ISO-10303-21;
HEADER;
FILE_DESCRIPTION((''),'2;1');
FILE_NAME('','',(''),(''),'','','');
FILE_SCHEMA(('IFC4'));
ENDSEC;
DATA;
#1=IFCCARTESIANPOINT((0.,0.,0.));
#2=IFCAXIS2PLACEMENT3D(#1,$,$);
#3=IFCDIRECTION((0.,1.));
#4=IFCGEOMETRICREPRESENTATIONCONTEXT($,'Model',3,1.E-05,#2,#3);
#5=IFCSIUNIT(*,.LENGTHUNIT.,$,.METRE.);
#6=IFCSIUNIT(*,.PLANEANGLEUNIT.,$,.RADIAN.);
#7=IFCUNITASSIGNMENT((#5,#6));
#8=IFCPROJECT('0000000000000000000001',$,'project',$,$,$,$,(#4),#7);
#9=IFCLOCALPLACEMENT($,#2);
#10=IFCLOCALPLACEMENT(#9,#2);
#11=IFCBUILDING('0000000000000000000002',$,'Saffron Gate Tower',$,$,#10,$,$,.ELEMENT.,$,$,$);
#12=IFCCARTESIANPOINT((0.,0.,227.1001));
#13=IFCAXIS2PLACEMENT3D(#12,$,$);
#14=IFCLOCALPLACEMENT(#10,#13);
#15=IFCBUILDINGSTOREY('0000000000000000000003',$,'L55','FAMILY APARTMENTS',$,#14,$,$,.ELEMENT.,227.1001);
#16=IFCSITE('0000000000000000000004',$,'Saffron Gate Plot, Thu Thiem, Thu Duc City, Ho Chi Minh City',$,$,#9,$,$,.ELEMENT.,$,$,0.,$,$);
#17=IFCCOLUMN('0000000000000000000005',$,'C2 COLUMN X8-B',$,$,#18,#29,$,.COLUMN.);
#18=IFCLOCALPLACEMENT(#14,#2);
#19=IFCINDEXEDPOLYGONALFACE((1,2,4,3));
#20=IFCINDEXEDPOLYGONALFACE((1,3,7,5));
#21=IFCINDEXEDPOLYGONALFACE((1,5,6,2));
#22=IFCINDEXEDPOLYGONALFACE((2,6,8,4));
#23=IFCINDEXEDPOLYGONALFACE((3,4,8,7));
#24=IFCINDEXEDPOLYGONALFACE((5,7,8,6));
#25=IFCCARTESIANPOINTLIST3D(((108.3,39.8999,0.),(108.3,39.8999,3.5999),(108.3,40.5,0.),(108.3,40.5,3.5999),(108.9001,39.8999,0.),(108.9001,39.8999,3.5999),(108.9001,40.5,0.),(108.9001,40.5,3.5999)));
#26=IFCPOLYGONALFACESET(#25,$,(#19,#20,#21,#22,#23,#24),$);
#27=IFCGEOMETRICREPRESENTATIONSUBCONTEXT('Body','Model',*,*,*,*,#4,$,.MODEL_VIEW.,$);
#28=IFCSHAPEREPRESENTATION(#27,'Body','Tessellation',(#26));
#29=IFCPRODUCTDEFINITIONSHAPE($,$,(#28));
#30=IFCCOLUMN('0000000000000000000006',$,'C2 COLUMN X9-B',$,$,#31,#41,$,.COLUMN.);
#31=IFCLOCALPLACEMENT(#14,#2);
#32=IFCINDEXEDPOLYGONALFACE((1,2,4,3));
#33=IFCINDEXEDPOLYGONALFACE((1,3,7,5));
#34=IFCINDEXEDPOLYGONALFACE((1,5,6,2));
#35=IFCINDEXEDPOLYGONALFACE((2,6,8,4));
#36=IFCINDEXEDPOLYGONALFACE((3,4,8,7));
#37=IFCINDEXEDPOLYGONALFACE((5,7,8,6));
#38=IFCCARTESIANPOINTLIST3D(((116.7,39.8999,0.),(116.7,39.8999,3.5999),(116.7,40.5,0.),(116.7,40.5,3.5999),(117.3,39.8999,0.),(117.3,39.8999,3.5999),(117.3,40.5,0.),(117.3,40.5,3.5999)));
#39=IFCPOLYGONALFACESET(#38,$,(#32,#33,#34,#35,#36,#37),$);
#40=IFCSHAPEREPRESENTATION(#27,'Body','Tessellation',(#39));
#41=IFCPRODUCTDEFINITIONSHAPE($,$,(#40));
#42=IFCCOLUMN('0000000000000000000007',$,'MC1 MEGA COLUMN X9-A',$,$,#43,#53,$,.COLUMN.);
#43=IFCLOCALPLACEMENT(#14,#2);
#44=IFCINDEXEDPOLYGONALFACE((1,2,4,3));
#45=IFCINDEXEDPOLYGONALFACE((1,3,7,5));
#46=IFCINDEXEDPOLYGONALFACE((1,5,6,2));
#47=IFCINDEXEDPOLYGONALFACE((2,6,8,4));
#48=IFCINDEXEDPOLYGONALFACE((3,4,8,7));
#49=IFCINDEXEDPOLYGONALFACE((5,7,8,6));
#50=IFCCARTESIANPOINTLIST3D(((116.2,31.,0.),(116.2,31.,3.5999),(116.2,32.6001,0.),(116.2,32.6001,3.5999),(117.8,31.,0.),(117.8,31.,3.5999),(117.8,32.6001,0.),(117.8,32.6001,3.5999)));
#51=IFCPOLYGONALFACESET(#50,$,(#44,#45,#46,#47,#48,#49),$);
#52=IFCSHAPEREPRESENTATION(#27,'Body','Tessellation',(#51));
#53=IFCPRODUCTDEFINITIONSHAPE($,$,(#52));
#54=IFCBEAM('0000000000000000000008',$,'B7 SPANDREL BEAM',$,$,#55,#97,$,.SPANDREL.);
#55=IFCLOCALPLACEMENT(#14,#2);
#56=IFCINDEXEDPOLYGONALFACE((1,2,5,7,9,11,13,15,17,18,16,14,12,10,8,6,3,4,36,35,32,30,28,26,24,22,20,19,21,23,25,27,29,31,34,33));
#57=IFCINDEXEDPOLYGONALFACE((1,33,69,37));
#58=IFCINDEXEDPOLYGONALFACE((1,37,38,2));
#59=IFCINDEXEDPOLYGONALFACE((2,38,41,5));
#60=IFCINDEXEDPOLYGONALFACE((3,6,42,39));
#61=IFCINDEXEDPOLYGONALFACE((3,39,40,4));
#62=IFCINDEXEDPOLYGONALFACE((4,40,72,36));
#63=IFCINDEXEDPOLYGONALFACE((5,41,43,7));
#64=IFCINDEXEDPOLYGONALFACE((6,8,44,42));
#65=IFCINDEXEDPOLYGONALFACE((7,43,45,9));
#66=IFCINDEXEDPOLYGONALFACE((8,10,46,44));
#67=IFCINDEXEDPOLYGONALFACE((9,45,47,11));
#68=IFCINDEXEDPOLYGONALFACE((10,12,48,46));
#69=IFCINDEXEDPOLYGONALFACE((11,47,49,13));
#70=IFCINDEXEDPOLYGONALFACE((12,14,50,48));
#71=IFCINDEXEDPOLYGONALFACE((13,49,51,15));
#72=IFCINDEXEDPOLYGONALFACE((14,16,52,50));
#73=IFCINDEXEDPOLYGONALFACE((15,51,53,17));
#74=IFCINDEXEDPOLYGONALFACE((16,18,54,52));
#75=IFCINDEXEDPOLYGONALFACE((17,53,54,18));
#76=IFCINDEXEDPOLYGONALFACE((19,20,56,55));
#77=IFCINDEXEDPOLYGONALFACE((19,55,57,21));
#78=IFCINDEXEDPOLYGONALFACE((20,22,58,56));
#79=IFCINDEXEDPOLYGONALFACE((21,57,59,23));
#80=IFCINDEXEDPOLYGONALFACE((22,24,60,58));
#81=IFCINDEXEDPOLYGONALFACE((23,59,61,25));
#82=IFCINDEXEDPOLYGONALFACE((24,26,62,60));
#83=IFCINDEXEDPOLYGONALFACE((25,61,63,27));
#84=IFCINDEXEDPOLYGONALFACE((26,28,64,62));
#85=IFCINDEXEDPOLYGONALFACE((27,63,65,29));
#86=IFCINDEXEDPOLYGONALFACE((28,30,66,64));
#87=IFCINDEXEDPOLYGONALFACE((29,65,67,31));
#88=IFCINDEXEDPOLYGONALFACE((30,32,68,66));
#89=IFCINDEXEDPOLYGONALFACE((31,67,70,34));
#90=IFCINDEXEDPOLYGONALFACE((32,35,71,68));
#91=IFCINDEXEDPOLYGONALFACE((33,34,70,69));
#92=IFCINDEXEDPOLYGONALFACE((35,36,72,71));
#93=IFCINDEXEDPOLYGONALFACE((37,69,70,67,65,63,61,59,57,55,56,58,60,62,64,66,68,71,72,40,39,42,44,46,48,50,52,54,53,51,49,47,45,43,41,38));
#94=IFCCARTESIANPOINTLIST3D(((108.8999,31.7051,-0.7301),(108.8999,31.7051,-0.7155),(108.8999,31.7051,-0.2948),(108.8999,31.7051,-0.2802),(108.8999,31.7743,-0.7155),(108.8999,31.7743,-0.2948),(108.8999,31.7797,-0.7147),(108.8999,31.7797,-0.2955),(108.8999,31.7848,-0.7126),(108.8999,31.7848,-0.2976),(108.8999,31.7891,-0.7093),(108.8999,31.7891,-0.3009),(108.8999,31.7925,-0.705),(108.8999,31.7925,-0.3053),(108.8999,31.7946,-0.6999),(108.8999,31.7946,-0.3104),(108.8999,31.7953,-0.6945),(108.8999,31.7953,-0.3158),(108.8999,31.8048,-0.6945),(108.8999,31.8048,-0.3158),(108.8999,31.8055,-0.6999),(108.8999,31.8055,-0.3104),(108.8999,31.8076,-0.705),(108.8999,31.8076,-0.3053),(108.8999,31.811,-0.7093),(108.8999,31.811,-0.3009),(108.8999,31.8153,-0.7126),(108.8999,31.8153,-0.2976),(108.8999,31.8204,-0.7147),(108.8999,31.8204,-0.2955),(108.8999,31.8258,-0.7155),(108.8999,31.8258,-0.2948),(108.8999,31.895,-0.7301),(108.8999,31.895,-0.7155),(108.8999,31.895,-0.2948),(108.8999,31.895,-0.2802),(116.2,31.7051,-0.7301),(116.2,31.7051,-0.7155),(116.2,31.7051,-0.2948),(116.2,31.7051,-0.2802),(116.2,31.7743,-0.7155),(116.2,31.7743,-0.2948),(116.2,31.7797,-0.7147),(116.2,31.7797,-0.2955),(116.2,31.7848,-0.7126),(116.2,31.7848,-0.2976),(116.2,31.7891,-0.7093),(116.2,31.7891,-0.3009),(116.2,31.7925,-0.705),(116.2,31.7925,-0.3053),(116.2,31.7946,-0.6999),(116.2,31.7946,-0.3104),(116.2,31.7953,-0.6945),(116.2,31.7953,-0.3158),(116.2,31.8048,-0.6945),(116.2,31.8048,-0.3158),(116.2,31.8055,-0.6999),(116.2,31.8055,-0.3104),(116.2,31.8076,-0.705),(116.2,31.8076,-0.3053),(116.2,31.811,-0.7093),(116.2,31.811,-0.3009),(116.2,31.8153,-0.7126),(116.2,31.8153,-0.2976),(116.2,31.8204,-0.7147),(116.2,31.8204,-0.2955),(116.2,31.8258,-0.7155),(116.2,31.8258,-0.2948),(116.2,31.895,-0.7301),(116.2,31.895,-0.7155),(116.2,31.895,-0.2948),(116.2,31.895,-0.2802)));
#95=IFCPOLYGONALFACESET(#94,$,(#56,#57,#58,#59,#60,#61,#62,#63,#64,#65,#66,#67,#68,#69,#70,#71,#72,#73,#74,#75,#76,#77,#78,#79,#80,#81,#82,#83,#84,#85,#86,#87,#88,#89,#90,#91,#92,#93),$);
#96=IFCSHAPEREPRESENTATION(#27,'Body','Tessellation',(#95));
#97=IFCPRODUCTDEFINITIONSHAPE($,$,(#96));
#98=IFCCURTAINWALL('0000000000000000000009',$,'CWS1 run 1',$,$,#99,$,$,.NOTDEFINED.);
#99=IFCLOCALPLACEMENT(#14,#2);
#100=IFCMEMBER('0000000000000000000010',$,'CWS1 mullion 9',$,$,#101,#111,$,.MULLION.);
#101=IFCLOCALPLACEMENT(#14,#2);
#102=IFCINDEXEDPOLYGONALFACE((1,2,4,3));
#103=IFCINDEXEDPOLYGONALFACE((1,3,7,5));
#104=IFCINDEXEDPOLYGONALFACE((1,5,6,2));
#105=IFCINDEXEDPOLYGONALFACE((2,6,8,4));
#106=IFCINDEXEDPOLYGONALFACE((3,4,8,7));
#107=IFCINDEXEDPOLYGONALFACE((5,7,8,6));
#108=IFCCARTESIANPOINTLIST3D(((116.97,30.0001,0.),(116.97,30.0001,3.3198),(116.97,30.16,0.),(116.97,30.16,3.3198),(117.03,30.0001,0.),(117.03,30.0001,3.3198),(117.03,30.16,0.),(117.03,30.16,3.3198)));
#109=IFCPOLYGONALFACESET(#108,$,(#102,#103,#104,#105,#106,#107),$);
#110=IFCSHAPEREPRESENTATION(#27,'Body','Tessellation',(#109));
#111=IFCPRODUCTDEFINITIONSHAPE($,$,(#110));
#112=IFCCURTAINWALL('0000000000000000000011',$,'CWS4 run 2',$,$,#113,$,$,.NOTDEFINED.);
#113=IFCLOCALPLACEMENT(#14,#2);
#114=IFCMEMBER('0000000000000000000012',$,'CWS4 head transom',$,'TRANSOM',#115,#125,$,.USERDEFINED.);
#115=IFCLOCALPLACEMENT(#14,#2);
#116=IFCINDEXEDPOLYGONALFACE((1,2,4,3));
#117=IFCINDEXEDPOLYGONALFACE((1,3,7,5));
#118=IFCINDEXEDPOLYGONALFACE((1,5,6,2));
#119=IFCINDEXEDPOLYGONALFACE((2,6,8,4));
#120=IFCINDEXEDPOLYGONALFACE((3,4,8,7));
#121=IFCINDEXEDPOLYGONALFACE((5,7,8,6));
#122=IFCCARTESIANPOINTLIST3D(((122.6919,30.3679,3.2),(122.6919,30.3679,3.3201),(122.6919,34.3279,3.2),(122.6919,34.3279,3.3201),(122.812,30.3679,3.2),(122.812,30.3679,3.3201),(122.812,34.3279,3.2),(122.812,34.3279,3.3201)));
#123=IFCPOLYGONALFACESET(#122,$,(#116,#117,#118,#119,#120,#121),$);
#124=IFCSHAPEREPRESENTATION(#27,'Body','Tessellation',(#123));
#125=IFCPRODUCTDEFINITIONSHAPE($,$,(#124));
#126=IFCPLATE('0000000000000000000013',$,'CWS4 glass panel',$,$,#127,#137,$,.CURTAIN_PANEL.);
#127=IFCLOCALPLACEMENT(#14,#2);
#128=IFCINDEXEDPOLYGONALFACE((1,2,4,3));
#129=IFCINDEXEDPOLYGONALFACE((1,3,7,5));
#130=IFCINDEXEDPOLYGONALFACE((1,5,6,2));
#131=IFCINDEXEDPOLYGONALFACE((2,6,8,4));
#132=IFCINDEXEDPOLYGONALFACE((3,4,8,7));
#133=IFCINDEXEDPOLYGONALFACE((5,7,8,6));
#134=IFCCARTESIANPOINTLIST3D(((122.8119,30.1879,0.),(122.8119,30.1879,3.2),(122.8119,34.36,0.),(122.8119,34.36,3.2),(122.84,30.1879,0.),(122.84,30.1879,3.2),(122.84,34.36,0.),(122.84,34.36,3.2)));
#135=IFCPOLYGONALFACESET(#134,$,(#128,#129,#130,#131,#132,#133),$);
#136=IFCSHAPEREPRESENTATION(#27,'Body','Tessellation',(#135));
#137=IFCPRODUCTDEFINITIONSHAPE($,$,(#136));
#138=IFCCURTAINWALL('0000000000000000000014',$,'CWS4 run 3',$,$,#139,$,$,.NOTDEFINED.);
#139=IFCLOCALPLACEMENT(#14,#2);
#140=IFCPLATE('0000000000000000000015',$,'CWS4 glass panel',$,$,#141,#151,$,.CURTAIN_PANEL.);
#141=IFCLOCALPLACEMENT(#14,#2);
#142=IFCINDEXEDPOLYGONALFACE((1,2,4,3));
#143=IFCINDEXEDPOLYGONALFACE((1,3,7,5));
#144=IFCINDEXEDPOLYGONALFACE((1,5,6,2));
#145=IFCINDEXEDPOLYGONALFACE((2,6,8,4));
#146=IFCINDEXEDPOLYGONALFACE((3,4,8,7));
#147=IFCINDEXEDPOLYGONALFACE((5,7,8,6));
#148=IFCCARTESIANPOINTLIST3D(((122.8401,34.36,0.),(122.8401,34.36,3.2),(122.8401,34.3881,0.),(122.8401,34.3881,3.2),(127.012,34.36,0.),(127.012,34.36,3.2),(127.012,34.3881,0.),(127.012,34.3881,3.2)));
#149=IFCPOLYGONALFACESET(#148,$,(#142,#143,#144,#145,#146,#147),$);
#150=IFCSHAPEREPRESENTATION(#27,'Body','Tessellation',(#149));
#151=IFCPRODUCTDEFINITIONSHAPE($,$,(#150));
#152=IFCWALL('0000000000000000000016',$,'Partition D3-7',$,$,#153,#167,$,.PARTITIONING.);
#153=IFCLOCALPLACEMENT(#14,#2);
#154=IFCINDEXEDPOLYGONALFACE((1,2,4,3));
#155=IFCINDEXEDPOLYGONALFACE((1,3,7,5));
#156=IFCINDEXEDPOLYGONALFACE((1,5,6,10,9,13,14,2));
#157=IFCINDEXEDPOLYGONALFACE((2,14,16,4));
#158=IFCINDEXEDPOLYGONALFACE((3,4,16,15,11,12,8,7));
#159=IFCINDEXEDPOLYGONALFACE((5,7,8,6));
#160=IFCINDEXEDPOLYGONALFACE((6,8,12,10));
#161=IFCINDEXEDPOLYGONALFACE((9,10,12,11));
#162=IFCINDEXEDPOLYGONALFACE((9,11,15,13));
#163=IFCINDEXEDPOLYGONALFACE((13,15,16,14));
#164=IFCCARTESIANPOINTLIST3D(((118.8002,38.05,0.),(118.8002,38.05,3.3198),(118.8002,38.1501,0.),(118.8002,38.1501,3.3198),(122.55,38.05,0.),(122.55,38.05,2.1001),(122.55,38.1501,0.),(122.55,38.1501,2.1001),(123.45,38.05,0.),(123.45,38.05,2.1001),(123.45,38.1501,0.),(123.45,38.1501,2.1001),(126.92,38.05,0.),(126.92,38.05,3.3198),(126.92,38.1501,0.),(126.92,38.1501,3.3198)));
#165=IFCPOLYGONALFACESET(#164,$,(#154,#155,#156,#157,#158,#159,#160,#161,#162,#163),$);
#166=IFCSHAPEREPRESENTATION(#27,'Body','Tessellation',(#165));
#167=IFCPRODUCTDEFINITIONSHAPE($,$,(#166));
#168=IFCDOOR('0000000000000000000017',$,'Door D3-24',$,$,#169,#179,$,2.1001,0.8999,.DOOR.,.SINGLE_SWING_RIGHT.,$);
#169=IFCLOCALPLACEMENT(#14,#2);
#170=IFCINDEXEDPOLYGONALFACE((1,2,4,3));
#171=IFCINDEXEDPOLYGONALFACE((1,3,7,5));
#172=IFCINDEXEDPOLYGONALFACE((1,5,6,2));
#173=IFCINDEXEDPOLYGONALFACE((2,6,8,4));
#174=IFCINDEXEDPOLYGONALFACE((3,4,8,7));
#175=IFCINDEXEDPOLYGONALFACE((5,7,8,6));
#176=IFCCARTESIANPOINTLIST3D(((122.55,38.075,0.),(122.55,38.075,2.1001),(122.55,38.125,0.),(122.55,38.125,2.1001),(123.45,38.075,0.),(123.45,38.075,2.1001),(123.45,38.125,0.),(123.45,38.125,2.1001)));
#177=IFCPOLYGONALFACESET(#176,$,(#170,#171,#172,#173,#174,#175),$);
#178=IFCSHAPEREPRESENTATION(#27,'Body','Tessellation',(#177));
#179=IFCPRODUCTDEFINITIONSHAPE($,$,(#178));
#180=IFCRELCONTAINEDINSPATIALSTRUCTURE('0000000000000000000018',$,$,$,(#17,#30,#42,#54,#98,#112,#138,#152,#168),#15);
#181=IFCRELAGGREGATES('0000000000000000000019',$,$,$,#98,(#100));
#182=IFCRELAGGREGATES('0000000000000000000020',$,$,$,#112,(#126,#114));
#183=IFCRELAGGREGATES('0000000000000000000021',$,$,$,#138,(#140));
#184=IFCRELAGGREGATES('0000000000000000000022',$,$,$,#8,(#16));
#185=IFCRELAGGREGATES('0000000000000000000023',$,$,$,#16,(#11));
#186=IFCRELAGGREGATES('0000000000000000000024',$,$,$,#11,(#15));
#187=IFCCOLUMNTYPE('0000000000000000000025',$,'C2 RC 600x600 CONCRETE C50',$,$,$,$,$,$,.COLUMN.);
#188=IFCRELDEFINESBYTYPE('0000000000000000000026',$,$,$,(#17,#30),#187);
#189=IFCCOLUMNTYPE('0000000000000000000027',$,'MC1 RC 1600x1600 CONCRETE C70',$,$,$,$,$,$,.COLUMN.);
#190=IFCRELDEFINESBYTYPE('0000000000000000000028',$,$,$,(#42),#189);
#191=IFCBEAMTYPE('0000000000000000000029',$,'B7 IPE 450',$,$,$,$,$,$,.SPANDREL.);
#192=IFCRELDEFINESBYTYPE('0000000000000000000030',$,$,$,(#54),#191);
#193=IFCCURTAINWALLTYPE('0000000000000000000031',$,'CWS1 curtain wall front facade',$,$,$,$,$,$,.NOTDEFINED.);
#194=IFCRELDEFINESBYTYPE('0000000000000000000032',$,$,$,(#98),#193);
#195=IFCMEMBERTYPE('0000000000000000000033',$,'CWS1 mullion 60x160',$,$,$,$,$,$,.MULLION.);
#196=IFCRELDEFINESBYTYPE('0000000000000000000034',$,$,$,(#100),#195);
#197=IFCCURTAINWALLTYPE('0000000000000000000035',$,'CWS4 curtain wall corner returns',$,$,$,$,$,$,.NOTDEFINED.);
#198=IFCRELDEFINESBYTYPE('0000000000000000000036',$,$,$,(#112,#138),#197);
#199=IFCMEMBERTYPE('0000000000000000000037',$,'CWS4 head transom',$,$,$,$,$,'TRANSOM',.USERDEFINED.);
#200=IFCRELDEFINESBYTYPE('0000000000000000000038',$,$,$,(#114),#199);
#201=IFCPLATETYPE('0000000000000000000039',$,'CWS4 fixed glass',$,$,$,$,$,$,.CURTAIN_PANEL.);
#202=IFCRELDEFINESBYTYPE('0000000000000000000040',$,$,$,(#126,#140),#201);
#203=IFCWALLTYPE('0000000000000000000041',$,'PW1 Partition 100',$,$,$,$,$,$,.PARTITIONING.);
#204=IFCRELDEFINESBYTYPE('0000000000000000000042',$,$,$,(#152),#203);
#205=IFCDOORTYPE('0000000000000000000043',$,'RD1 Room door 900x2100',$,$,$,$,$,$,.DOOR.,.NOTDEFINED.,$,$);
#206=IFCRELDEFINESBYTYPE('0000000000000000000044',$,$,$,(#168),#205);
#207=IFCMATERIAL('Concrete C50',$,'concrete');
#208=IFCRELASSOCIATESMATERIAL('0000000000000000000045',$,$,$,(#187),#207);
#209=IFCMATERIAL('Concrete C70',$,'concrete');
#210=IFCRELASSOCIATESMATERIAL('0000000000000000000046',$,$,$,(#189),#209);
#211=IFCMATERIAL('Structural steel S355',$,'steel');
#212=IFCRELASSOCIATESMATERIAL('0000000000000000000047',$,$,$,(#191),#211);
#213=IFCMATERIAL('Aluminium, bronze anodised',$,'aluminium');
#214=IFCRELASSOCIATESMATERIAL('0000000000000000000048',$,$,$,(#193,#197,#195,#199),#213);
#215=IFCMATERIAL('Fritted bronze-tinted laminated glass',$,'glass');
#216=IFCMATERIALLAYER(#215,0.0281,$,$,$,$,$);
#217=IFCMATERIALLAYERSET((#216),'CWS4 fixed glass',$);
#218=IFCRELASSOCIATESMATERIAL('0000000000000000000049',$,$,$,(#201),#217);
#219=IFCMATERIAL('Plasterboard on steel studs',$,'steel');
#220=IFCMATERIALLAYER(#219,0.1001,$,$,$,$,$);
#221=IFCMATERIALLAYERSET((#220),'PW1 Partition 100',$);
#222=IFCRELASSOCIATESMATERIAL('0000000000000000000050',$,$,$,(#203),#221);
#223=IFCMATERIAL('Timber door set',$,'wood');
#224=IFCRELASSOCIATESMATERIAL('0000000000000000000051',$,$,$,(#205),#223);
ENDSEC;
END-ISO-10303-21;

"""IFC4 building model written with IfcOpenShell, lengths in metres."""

from ifc_helpers import new_model, si_unit, direction, frame, frame_2d, origin, origin_2d, place, context, subcontext, project, spatial, rectangle, i_section, extrude, material, layer, layer_set, material_profile, profile_set, type_object, element, fill, aggregate, save


model = new_model("IFC4")

# Units and contexts
model_context = context("Model", 3, precision=1e-05, world=origin(), true_north=direction((0.0, 1.0)))
body_context = subcontext(model_context, "Body", "Model", "MODEL_VIEW")
ifc_project = project(units=[si_unit("LENGTHUNIT", "METRE"), si_unit("PLANEANGLEUNIT", "RADIAN")], contexts=[model_context])

# Site, building, storey
site_placement = place(None, origin())
site = spatial("IfcSite", under=ifc_project, at=site_placement, Name="Saffron Gate Plot, Thu Thiem, Thu Duc City, Ho Chi Minh City", CompositionType="ELEMENT", RefElevation=0.0)
building_placement = place(site_placement, origin())
building = spatial("IfcBuilding", under=site, at=building_placement, Name="Saffron Gate Tower", CompositionType="ELEMENT")
storey_placement = place(building_placement, frame((0.0, 0.0, 227.1001)))
storey = spatial("IfcBuildingStorey", under=building, at=storey_placement, Name="L55", Description="FAMILY APARTMENTS", CompositionType="ELEMENT", Elevation=227.1001)

# Columns
ifc_material_1 = material(Name="Concrete C50", Category="concrete")
ifc_material_profile_1 = material_profile(ifc_material_1, rectangle(XDim=0.6001, YDim=0.6001, at=origin_2d()))
ifc_profile_set_1 = profile_set([ifc_material_profile_1], Name="Concrete C50")
column_type_1 = type_object("IfcColumnType", Name="C2 RC 600x600 CONCRETE C50", PredefinedType="COLUMN", material=ifc_profile_set_1)
for number, where, z_axis, x_axis, name in (
    (1, (108.6001, 40.2, 0.0), (0.0, 0.0, 1.0), (1.0, 0.0, 0.0), "C2 COLUMN X8-B"),
    (2, (117.0, 40.2, 0.0), (0.0, 0.0, 1.0), (1.0, 0.0, 0.0), "C2 COLUMN X9-B"),
):
    element("IfcColumn", number, at=place(storey_placement, frame(where, z_axis=z_axis, x_axis=x_axis)), inside=storey, type_object=column_type_1, Name=name, PredefinedType="COLUMN", context=body_context, shape_type="SweptSolid", body=[
        extrude(rectangle(XDim=0.6001, YDim=0.6001, at=origin_2d()), origin(), (0.0, 0.0, 1.0), 3.5999),
    ])
ifc_material_2 = material(Name="Concrete C70", Category="concrete")
ifc_material_profile_2 = material_profile(ifc_material_2, rectangle(XDim=1.6001, YDim=1.6001, at=origin_2d()))
ifc_profile_set_2 = profile_set([ifc_material_profile_2], Name="Concrete C70")
column_type_2 = type_object("IfcColumnType", Name="MC1 RC 1600x1600 CONCRETE C70", PredefinedType="COLUMN", material=ifc_profile_set_2)
column_placement = place(storey_placement, frame((117.0, 31.8, 0.0), z_axis=(0.0, 0.0, 1.0), x_axis=(1.0, 0.0, 0.0)))
element("IfcColumn", 3, at=column_placement, inside=storey, type_object=column_type_2, Name="MC1 MEGA COLUMN X9-A", PredefinedType="COLUMN", context=body_context, shape_type="SweptSolid", body=[
    extrude(rectangle(XDim=1.6001, YDim=1.6001, at=origin_2d()), origin(), (0.0, 0.0, 1.0), 3.5999),
])

# Beam
ifc_material_3 = material(Name="Structural steel S355", Category="steel")
ifc_material_profile_3 = material_profile(ifc_material_3, i_section(OverallWidth=0.1899, OverallDepth=0.45, WebThickness=0.0095, FlangeThickness=0.0146, FilletRadius=0.021, at=origin_2d()))
ifc_profile_set_3 = profile_set([ifc_material_profile_3], Name="Structural steel S355")
beam_type = type_object("IfcBeamType", Name="B7 IPE 450", PredefinedType="SPANDREL", material=ifc_profile_set_3)
beam_placement = place(storey_placement, frame((108.8999, 31.8, -0.5051), z_axis=(1.0, 0.0, 0.0), x_axis=(0.0, 1.0, 0.0)))
element("IfcBeam", 4, at=beam_placement, inside=storey, type_object=beam_type, Name="B7 SPANDREL BEAM", PredefinedType="SPANDREL", context=body_context, shape_type="SweptSolid", body=[
    extrude(i_section(OverallWidth=0.1899, OverallDepth=0.45, WebThickness=0.0095, FlangeThickness=0.0146, FilletRadius=0.021, at=origin_2d()), origin(), (0.0, 0.0, 1.0), 7.3),
])

# Curtain wall, member
ifc_material_4 = material(Name="Aluminium, bronze anodised", Category="aluminium")
curtain_wall_type_1 = type_object("IfcCurtainWallType", Name="CWS1 curtain wall front facade", PredefinedType="NOTDEFINED", material=ifc_material_4)
curtain_wall_1_placement = place(storey_placement, origin())
curtain_wall_1 = element("IfcCurtainWall", 5, at=curtain_wall_1_placement, inside=storey, type_object=curtain_wall_type_1, Name="CWS1 run 1", PredefinedType="NOTDEFINED")
ifc_material_profile_4 = material_profile(ifc_material_4, rectangle(XDim=0.1599, YDim=0.0601, at=origin_2d()))
ifc_profile_set_4 = profile_set([ifc_material_profile_4], Name="Aluminium, bronze anodised")
member_type_1 = type_object("IfcMemberType", Name="CWS1 mullion 60x160", PredefinedType="MULLION", material=ifc_profile_set_4)
member_1_placement = place(storey_placement, frame((117.0, 30.0801, 0.0), z_axis=(0.0, 0.0, 1.0), x_axis=(0.0, 1.0, 0.0)))
member_1 = element("IfcMember", 6, at=member_1_placement, type_object=member_type_1, Name="CWS1 mullion 9", PredefinedType="MULLION", context=body_context, shape_type="SweptSolid", body=[
    extrude(rectangle(XDim=0.1599, YDim=0.0601, at=origin_2d()), origin(), (0.0, 0.0, 1.0), 3.3198),
])
aggregate(curtain_wall_1, [member_1])

# Curtain wall, member, plate
curtain_wall_type_2 = type_object("IfcCurtainWallType", Name="CWS4 curtain wall corner returns", PredefinedType="NOTDEFINED", material=ifc_material_4)
curtain_wall_2_placement = place(storey_placement, origin())
curtain_wall_2 = element("IfcCurtainWall", 7, at=curtain_wall_2_placement, inside=storey, type_object=curtain_wall_type_2, Name="CWS4 run 2", PredefinedType="NOTDEFINED")
ifc_material_profile_5 = material_profile(ifc_material_4, rectangle(XDim=0.1201, YDim=0.1201, at=origin_2d()))
ifc_profile_set_5 = profile_set([ifc_material_profile_5], Name="Aluminium, bronze anodised")
member_type_2 = type_object("IfcMemberType", Name="CWS4 head transom", ElementType="TRANSOM", PredefinedType="USERDEFINED", material=ifc_profile_set_5)
member_2_placement = place(storey_placement, frame((122.752, 30.3679, 3.26), z_axis=(0.0, 1.0, 0.0), x_axis=(-1.0, 0.0, 0.0)))
member_2 = element("IfcMember", 8, at=member_2_placement, type_object=member_type_2, Name="CWS4 head transom", ObjectType="TRANSOM", PredefinedType="USERDEFINED", context=body_context, shape_type="SweptSolid", body=[
    extrude(rectangle(XDim=0.1201, YDim=0.1201, at=origin_2d()), origin(), (0.0, 0.0, 1.0), 3.96),
])
ifc_material_5 = material(Name="Fritted bronze-tinted laminated glass", Category="glass")
ifc_layer_1 = layer(ifc_material_5, 0.0281)
ifc_layer_set_1 = layer_set([ifc_layer_1], Name="CWS4 fixed glass")
plate_type = type_object("IfcPlateType", Name="CWS4 fixed glass", PredefinedType="CURTAIN_PANEL", material=ifc_layer_set_1)
plate_1_placement = place(storey_placement, frame((122.8259, 30.188, 0.0), z_axis=(0.0, 0.0, 1.0), x_axis=(0.0, 1.0, 0.0)))
plate_1 = element("IfcPlate", 9, at=plate_1_placement, type_object=plate_type, Name="CWS4 glass panel", PredefinedType="CURTAIN_PANEL", context=body_context, shape_type="SweptSolid", body=[
    extrude(rectangle(XDim=4.1721, YDim=0.0281, at=frame_2d((2.0859, 0.0))), origin(), (0.0, 0.0, 1.0), 3.2),
])
aggregate(curtain_wall_2, [plate_1, member_2])

# Curtain wall, plate
curtain_wall_3_placement = place(storey_placement, origin())
curtain_wall_3 = element("IfcCurtainWall", 10, at=curtain_wall_3_placement, inside=storey, type_object=curtain_wall_type_2, Name="CWS4 run 3", PredefinedType="NOTDEFINED")
plate_2_placement = place(storey_placement, frame((122.8401, 34.374, 0.0), z_axis=(0.0, 0.0, 1.0), x_axis=(1.0, 0.0, 0.0)))
plate_2 = element("IfcPlate", 11, at=plate_2_placement, type_object=plate_type, Name="CWS4 glass panel", PredefinedType="CURTAIN_PANEL", context=body_context, shape_type="SweptSolid", body=[
    extrude(rectangle(XDim=4.1719, YDim=0.0281, at=frame_2d((2.0859, 0.0))), origin(), (0.0, 0.0, 1.0), 3.2),
])
aggregate(curtain_wall_3, [plate_2])

# Wall, opening, door
ifc_material_6 = material(Name="Plasterboard on steel studs", Category="steel")
ifc_layer_2 = layer(ifc_material_6, 0.1001)
ifc_layer_set_2 = layer_set([ifc_layer_2], Name="PW1 Partition 100")
wall_type = type_object("IfcWallType", Name="PW1 Partition 100", PredefinedType="PARTITIONING", material=ifc_layer_set_2)
wall_1_placement = place(storey_placement, frame((118.8, 38.1001, 0.0), z_axis=(0.0, 0.0, 1.0), x_axis=(1.0, 0.0, 0.0)))
wall_1 = element("IfcWall", 12, at=wall_1_placement, inside=storey, type_object=wall_type, Name="Partition D3-7", PredefinedType="PARTITIONING", context=body_context, shape_type="SweptSolid", body=[
    extrude(rectangle(XDim=8.1199, YDim=0.1001, at=frame_2d((4.0601, 0.0))), origin(), (0.0, 0.0, 1.0), 3.3198),
])
opening_1_placement = place(wall_1_placement, frame((3.75, 0.0, 0.0)))
opening_1 = element("IfcOpeningElement", 13, at=opening_1_placement, cuts=wall_1, PredefinedType="OPENING", context=body_context, shape_type="SweptSolid", body=[
    extrude(rectangle(XDim=0.8999, YDim=2.1001, at=frame_2d((0.45, 1.05))), frame((0.0, 0.0601, 0.0), z_axis=(0.0, -1.0, 0.0), x_axis=(1.0, 0.0, 0.0)), (0.0, 0.0, 1.0), 0.1201),
])
ifc_material_7 = material(Name="Timber door set", Category="wood")
door_type_1 = type_object("IfcDoorType", Name="RD1 Room door 900x2100", OperationType="NOTDEFINED", PredefinedType="DOOR", material=ifc_material_7)
door_1_placement = place(opening_1_placement, origin())
door_1 = element("IfcDoor", 14, at=door_1_placement, inside=storey, type_object=door_type_1, Name="Door D3-24", OperationType="SINGLE_SWING_RIGHT", OverallHeight=2.1001, OverallWidth=0.8999, PredefinedType="DOOR", context=body_context, shape_type="SweptSolid", body=[
    extrude(rectangle(XDim=0.8999, YDim=2.1001, at=frame_2d((0.45, 1.05))), frame((0.0, 0.0249, 0.0), z_axis=(0.0, -1.0, 0.0), x_axis=(1.0, 0.0, 0.0)), (0.0, 0.0, 1.0), 0.05),
])
fill(opening_1, door_1)

save(model, "model.ifc")
